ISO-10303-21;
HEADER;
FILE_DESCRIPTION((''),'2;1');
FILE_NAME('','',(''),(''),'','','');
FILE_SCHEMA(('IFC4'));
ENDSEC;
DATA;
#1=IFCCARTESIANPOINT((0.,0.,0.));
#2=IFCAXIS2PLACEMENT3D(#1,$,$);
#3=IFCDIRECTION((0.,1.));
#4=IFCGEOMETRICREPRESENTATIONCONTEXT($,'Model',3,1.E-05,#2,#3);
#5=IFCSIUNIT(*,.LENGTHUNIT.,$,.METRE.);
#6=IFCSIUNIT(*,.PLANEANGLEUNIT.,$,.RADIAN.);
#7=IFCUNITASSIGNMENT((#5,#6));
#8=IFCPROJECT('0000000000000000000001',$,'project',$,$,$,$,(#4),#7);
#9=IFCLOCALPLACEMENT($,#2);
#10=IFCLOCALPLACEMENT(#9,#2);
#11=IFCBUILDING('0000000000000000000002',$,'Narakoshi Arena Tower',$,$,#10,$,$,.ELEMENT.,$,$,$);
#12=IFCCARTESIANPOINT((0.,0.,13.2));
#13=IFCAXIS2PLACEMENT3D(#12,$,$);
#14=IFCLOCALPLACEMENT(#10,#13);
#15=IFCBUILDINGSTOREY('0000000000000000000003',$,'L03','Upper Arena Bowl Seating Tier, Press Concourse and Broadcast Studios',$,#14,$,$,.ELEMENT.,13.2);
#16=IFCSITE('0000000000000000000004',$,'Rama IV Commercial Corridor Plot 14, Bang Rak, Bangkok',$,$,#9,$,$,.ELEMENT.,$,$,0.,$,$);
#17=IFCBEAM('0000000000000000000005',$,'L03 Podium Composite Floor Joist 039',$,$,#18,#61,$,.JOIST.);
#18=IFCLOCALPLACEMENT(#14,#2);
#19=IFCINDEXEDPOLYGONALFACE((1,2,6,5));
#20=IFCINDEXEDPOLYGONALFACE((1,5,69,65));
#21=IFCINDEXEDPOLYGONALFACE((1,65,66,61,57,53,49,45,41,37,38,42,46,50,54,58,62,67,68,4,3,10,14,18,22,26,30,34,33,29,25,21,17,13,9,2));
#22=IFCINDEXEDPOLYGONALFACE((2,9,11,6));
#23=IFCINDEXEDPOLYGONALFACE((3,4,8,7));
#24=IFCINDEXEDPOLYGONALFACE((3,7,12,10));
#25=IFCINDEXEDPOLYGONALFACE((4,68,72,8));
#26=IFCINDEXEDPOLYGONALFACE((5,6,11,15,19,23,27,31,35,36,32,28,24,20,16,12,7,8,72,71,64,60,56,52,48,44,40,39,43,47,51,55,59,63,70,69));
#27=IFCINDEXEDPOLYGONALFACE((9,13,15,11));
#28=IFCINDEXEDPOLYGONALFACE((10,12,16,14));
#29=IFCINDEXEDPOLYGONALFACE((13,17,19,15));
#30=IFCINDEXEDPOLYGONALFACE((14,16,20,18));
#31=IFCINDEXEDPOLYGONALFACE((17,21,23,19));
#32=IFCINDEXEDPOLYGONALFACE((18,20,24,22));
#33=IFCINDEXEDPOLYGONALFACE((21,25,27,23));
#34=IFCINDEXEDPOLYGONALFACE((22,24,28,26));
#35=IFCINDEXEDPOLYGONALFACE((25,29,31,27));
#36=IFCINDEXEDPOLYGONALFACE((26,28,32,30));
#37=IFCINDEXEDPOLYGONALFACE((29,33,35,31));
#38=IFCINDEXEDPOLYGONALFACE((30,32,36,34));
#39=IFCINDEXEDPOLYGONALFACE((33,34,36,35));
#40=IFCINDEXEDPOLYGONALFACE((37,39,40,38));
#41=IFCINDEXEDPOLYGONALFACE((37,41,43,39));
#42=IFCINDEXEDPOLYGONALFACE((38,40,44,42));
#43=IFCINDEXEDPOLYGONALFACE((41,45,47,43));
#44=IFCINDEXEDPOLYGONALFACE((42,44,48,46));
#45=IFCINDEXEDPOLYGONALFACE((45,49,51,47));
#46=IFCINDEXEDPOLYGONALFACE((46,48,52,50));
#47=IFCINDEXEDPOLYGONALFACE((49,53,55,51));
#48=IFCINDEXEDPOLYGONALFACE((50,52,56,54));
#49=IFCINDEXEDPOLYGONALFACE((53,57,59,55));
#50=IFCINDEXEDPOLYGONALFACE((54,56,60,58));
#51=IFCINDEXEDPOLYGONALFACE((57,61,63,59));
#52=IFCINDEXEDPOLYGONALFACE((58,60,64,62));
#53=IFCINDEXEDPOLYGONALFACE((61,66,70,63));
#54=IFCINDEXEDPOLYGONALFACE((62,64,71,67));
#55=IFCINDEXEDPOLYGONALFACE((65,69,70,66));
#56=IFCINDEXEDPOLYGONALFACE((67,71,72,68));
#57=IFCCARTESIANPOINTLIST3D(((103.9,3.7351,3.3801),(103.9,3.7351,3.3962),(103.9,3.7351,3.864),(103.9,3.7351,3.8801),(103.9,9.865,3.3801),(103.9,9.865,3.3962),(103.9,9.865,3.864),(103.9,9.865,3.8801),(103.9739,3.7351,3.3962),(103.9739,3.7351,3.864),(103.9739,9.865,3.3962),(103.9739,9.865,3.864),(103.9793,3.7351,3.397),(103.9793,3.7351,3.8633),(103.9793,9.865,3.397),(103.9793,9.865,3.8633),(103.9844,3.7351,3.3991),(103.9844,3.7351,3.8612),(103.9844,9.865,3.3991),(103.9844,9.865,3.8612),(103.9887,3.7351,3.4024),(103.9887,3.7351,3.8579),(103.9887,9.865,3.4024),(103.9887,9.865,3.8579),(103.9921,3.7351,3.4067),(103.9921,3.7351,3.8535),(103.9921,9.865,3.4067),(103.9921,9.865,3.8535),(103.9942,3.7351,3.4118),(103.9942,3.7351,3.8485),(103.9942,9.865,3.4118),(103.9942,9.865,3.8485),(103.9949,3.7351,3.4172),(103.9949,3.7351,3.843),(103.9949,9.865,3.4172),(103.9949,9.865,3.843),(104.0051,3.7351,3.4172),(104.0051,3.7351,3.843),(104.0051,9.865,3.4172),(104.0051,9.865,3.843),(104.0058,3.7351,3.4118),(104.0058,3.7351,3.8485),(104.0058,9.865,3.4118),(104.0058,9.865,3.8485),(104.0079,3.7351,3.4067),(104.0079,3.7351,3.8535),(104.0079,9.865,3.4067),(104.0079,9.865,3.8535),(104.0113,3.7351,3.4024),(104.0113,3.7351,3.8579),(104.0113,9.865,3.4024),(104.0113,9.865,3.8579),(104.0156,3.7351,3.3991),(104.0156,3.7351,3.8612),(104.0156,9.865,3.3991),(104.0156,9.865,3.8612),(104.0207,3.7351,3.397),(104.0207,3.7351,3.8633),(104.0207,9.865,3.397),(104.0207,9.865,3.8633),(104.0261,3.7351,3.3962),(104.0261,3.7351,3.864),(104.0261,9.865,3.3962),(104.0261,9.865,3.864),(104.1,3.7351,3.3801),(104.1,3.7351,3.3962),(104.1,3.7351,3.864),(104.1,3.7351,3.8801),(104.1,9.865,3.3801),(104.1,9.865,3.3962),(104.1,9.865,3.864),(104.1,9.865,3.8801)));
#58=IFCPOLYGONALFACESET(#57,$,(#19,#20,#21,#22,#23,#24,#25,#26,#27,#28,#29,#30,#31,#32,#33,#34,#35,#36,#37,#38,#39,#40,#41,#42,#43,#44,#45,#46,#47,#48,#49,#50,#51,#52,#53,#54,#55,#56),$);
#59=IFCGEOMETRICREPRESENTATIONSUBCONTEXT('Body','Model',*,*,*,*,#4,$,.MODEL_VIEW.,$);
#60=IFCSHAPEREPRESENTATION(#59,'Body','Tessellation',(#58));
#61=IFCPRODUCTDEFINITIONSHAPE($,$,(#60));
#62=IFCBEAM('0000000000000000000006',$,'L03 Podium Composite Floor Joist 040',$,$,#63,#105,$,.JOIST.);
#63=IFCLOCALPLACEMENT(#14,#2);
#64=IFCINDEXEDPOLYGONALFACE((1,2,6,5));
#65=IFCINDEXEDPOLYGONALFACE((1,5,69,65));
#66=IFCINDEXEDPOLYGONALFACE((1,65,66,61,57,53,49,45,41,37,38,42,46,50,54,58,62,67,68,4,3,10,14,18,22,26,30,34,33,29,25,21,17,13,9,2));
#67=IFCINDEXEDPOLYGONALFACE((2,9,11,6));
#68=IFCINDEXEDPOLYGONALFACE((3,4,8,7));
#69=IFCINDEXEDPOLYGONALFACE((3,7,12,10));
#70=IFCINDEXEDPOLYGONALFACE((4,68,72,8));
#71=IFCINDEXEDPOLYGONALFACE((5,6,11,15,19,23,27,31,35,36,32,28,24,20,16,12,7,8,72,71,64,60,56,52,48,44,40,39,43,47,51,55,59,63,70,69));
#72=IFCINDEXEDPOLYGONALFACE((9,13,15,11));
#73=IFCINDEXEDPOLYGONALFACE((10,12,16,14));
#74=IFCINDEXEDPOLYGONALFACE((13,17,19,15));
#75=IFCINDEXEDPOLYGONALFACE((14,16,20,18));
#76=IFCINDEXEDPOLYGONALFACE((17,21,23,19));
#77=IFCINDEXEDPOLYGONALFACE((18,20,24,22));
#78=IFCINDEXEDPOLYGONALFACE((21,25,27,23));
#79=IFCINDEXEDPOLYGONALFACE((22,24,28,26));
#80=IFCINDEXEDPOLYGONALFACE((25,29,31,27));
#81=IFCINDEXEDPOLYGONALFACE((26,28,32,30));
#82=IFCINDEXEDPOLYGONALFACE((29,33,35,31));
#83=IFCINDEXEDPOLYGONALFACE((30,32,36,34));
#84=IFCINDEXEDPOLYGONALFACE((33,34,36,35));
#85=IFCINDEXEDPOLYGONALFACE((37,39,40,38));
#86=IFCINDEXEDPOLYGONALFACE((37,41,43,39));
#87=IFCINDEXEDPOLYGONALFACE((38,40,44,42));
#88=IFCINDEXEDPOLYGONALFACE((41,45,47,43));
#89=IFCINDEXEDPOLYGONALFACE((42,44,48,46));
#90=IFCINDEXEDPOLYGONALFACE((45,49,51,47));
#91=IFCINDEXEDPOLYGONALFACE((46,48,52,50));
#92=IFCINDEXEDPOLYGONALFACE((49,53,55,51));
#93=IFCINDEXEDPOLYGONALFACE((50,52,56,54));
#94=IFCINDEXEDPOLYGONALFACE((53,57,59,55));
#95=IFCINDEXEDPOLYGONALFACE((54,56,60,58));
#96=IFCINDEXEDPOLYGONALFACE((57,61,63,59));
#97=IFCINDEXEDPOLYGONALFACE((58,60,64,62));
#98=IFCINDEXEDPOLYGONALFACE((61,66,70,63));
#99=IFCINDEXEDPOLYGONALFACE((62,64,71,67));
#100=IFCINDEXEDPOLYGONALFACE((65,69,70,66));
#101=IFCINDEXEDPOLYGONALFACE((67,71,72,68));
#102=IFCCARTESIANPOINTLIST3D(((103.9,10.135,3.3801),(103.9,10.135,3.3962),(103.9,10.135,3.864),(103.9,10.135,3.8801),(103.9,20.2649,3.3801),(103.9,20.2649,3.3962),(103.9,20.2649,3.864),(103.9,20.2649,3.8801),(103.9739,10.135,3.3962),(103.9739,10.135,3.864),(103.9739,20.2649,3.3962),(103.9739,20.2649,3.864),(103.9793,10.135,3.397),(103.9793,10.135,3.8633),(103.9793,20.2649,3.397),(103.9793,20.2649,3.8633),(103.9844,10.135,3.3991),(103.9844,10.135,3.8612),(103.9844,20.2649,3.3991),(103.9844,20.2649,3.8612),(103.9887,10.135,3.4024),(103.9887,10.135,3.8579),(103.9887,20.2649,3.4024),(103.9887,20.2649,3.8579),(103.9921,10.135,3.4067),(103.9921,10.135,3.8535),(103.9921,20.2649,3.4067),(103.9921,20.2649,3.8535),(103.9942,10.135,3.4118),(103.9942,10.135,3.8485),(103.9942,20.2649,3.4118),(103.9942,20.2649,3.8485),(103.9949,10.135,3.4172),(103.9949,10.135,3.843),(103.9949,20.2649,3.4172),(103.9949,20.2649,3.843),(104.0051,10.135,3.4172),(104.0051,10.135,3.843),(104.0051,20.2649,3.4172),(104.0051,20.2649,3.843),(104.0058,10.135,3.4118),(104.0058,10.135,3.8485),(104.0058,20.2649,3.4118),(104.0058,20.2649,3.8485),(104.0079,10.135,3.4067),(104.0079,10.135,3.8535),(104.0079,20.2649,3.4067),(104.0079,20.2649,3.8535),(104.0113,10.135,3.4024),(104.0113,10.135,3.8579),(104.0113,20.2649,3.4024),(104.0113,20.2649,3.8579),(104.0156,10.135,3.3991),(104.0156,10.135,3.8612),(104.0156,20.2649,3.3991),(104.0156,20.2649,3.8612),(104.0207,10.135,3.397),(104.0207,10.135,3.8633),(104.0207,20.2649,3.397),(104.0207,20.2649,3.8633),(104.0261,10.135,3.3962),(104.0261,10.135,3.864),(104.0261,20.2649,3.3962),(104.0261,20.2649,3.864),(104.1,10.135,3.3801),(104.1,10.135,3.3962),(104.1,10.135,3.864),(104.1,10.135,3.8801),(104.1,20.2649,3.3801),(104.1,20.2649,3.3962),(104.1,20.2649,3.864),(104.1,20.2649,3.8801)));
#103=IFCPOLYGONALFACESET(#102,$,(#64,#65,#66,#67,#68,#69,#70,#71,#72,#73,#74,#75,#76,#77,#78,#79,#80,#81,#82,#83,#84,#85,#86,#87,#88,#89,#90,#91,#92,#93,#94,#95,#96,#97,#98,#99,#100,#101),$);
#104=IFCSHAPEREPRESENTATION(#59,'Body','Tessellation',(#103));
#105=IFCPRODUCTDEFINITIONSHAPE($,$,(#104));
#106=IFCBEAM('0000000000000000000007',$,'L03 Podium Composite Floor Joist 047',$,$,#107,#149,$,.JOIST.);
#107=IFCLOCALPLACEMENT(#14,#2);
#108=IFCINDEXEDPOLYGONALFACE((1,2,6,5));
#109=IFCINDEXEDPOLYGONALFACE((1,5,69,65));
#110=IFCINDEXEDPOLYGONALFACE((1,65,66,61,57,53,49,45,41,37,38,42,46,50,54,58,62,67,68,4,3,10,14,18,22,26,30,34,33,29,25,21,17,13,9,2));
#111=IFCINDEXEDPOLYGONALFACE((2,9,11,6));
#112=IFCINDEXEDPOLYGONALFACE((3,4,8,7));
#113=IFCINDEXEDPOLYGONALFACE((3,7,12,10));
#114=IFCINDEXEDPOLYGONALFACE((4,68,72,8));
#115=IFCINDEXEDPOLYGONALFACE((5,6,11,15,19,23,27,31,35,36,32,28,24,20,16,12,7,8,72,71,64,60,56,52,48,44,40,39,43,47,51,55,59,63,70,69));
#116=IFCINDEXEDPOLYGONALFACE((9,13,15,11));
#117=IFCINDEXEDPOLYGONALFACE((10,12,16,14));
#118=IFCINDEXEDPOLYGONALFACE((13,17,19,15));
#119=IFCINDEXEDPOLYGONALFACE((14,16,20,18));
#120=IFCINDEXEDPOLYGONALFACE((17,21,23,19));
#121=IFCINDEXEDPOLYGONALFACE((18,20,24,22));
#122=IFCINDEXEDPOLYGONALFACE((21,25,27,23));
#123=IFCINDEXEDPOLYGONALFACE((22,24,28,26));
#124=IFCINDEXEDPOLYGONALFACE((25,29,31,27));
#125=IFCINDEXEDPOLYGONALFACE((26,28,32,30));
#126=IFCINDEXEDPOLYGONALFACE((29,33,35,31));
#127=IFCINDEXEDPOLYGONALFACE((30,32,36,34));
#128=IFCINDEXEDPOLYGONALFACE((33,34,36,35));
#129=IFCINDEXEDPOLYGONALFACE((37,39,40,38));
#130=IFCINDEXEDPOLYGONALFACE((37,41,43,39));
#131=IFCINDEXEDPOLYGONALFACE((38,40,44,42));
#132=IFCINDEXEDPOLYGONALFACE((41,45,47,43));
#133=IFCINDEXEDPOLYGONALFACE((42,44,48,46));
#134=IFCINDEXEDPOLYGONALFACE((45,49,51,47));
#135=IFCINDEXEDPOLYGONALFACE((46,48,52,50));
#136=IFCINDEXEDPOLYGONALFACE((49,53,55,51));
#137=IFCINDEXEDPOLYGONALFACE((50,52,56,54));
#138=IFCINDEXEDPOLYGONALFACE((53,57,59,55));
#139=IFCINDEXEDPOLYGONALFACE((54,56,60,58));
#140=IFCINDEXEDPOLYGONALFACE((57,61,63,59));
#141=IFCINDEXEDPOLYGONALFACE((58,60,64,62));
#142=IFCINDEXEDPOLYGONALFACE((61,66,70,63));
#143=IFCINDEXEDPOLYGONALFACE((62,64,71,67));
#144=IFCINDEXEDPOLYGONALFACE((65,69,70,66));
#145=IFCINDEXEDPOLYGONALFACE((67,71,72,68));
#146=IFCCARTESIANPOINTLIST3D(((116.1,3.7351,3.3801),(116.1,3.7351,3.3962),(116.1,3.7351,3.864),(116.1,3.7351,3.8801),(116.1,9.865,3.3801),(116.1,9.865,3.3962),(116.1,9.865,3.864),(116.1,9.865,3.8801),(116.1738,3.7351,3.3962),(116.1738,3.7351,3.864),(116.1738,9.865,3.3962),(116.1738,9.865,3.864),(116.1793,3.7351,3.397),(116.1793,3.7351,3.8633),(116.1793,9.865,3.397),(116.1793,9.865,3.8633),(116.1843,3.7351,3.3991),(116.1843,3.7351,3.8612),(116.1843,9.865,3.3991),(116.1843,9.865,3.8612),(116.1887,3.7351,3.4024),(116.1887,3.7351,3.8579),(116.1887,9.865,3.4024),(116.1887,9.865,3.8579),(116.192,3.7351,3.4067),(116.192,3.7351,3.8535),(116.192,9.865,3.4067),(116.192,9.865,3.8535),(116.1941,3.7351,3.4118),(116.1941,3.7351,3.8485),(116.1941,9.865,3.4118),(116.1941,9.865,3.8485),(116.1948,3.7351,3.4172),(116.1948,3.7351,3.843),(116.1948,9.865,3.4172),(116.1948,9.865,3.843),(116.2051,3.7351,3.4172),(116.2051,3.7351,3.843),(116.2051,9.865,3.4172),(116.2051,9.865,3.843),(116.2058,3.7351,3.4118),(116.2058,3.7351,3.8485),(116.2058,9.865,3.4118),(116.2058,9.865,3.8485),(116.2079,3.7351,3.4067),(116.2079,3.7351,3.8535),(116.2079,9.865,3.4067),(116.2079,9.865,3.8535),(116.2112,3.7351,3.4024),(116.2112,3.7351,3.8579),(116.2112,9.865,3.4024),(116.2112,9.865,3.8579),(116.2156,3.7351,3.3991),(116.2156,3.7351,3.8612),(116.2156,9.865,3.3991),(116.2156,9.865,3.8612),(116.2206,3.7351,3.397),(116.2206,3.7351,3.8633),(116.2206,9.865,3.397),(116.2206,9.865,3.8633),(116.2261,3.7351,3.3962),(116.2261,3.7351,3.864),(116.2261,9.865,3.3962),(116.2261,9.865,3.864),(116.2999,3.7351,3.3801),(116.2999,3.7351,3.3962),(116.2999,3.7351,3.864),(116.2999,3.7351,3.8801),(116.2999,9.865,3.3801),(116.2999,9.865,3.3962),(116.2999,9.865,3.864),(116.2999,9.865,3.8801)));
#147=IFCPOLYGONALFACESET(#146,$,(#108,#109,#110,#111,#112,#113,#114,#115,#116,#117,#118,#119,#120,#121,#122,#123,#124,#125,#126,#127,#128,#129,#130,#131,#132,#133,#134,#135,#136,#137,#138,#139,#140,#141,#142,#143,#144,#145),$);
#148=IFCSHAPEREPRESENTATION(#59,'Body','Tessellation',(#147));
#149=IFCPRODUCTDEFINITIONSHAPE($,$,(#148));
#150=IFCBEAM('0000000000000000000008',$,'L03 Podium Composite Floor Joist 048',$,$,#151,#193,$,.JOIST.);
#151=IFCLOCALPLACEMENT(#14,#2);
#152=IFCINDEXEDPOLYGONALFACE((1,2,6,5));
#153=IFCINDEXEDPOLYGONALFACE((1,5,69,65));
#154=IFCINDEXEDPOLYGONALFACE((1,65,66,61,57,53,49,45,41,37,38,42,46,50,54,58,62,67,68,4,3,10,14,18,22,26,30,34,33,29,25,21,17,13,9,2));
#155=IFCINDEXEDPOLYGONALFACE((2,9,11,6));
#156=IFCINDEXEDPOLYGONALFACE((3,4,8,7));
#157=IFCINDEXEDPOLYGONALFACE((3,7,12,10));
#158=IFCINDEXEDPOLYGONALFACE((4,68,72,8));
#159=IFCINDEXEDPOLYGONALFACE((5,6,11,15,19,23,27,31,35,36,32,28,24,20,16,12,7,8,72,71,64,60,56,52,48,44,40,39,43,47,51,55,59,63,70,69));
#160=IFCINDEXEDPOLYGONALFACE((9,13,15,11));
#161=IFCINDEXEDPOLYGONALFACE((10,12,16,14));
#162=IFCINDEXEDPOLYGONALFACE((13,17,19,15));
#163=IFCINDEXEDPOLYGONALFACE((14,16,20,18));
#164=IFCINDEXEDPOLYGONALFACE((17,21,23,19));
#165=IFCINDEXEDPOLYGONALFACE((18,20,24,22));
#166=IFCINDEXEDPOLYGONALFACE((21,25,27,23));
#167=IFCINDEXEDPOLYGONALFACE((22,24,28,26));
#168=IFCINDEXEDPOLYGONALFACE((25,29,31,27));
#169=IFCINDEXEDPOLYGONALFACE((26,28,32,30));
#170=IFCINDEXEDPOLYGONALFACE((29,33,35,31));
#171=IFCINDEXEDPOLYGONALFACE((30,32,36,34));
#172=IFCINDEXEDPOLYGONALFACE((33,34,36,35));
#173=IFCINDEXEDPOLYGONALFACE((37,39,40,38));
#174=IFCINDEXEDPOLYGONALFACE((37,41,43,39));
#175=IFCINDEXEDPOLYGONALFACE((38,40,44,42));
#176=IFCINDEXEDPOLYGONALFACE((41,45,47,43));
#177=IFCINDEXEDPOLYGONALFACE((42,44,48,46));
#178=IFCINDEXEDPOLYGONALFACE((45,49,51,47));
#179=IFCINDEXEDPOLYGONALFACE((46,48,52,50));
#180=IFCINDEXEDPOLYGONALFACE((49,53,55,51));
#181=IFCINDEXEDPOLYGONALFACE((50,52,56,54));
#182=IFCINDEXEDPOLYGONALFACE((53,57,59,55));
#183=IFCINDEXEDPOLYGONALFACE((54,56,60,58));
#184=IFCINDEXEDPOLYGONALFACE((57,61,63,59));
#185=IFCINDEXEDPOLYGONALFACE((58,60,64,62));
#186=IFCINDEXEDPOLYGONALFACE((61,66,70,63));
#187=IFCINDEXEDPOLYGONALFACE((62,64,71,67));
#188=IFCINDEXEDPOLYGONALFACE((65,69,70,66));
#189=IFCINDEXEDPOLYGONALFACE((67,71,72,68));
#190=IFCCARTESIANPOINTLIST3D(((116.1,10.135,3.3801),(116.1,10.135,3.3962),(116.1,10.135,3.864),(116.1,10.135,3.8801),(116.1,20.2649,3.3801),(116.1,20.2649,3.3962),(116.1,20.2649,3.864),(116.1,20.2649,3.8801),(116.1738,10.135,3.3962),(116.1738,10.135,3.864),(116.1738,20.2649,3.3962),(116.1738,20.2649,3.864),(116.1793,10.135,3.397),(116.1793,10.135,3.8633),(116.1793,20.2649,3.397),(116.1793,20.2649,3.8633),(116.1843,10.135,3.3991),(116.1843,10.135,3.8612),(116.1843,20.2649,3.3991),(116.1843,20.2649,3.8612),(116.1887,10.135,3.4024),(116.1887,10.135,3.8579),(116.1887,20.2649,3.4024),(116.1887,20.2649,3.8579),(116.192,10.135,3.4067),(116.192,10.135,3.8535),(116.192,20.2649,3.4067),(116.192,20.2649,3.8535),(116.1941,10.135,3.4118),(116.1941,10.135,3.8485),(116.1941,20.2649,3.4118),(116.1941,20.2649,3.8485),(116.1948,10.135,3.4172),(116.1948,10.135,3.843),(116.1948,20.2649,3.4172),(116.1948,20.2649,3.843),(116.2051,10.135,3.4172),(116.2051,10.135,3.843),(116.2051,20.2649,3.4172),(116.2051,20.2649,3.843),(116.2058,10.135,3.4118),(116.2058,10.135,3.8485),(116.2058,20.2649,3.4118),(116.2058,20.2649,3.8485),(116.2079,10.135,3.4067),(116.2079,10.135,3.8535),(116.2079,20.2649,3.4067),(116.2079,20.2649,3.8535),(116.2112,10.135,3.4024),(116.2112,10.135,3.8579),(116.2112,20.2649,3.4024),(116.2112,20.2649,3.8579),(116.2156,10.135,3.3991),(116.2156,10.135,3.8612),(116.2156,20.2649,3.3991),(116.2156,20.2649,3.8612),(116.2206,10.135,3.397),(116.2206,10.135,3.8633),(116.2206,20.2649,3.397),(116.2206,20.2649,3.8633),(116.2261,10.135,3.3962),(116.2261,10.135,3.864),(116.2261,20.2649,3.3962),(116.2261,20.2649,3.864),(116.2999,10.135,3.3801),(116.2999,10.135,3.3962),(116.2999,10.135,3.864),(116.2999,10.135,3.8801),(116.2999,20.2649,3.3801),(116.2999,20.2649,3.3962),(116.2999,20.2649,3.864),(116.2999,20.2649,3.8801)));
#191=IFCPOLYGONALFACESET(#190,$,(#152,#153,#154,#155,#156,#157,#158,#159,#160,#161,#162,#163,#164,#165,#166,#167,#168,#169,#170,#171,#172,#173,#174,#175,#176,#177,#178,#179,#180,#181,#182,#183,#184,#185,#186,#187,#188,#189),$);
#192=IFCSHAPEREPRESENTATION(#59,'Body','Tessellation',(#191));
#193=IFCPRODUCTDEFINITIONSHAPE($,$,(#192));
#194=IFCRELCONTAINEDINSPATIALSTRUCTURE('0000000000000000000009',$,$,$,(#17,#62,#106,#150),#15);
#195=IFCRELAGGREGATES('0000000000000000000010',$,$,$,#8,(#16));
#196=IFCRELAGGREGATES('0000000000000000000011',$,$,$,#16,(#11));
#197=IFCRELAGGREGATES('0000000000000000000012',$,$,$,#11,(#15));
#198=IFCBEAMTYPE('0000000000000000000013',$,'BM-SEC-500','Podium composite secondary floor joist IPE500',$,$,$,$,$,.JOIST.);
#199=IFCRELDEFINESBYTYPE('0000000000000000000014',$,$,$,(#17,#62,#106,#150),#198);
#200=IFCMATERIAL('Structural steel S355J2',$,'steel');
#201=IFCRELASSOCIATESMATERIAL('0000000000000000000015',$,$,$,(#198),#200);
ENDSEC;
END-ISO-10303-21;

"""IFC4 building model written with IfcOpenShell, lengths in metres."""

from ifc_helpers import new_model, si_unit, direction, frame, origin, origin_2d, place, context, subcontext, project, spatial, i_section, extrude, material, material_profile, profile_set, type_object, element, save


model = new_model("IFC4")

# Units and contexts
model_context = context("Model", 3, precision=1e-05, world=origin(), true_north=direction((0.0, 1.0)))
body_context = subcontext(model_context, "Body", "Model", "MODEL_VIEW")
ifc_project = project(units=[si_unit("LENGTHUNIT", "METRE"), si_unit("PLANEANGLEUNIT", "RADIAN")], contexts=[model_context])

# Site, building, storey
site_placement = place(None, origin())
site = spatial("IfcSite", under=ifc_project, at=site_placement, Name="Rama IV Commercial Corridor Plot 14, Bang Rak, Bangkok", CompositionType="ELEMENT", RefElevation=0.0)
building_placement = place(site_placement, origin())
building = spatial("IfcBuilding", under=site, at=building_placement, Name="Narakoshi Arena Tower", CompositionType="ELEMENT")
storey_placement = place(building_placement, frame((0.0, 0.0, 13.2)))
storey = spatial("IfcBuildingStorey", under=building, at=storey_placement, Name="L03", Description="Upper Arena Bowl Seating Tier, Press Concourse and Broadcast Studios", CompositionType="ELEMENT", Elevation=13.2)

# Beams
ifc_material_1 = material(Name="Structural steel S355J2", Category="steel")
ifc_material_profile_1 = material_profile(ifc_material_1, i_section(OverallWidth=0.2, OverallDepth=0.5, WebThickness=0.0103, FlangeThickness=0.0161, FilletRadius=0.021, at=origin_2d()), Name="IPE500")
ifc_profile_set_1 = profile_set([ifc_material_profile_1], Name="Structural steel S355J2")
beam_type_1 = type_object("IfcBeamType", Name="BM-SEC-500", Description="Podium composite secondary floor joist IPE500", PredefinedType="JOIST", material=ifc_profile_set_1)
beam_1_placement = place(storey_placement, frame((104.0, 3.7351, 3.6301), z_axis=(0.0, 1.0, 0.0), x_axis=(-1.0, 0.0, 0.0)))
element("IfcBeam", 1, at=beam_1_placement, inside=storey, type_object=beam_type_1, Name="L03 Podium Composite Floor Joist 039", PredefinedType="JOIST", context=body_context, shape_type="SweptSolid", body=[
    extrude(i_section(OverallWidth=0.2, OverallDepth=0.5, WebThickness=0.0103, FlangeThickness=0.0161, FilletRadius=0.021, at=origin_2d()), origin(), (0.0, 0.0, 1.0), 6.1299),
])
beam_2_placement = place(storey_placement, frame((104.0, 10.135, 3.6301), z_axis=(0.0, 1.0, 0.0), x_axis=(-1.0, 0.0, 0.0)))
element("IfcBeam", 2, at=beam_2_placement, inside=storey, type_object=beam_type_1, Name="L03 Podium Composite Floor Joist 040", PredefinedType="JOIST", context=body_context, shape_type="SweptSolid", body=[
    extrude(i_section(OverallWidth=0.2, OverallDepth=0.5, WebThickness=0.0103, FlangeThickness=0.0161, FilletRadius=0.021, at=origin_2d()), origin(), (0.0, 0.0, 1.0), 10.1299),
])
beam_3_placement = place(storey_placement, frame((116.2, 3.7351, 3.6301), z_axis=(0.0, 1.0, 0.0), x_axis=(-1.0, 0.0, 0.0)))
element("IfcBeam", 3, at=beam_3_placement, inside=storey, type_object=beam_type_1, Name="L03 Podium Composite Floor Joist 047", PredefinedType="JOIST", context=body_context, shape_type="SweptSolid", body=[
    extrude(i_section(OverallWidth=0.2, OverallDepth=0.5, WebThickness=0.0103, FlangeThickness=0.0161, FilletRadius=0.021, at=origin_2d()), origin(), (0.0, 0.0, 1.0), 6.1299),
])
beam_4_placement = place(storey_placement, frame((116.2, 10.135, 3.6301), z_axis=(0.0, 1.0, 0.0), x_axis=(-1.0, 0.0, 0.0)))
element("IfcBeam", 4, at=beam_4_placement, inside=storey, type_object=beam_type_1, Name="L03 Podium Composite Floor Joist 048", PredefinedType="JOIST", context=body_context, shape_type="SweptSolid", body=[
    extrude(i_section(OverallWidth=0.2, OverallDepth=0.5, WebThickness=0.0103, FlangeThickness=0.0161, FilletRadius=0.021, at=origin_2d()), origin(), (0.0, 0.0, 1.0), 10.1299),
])

save(model, "model.ifc")
